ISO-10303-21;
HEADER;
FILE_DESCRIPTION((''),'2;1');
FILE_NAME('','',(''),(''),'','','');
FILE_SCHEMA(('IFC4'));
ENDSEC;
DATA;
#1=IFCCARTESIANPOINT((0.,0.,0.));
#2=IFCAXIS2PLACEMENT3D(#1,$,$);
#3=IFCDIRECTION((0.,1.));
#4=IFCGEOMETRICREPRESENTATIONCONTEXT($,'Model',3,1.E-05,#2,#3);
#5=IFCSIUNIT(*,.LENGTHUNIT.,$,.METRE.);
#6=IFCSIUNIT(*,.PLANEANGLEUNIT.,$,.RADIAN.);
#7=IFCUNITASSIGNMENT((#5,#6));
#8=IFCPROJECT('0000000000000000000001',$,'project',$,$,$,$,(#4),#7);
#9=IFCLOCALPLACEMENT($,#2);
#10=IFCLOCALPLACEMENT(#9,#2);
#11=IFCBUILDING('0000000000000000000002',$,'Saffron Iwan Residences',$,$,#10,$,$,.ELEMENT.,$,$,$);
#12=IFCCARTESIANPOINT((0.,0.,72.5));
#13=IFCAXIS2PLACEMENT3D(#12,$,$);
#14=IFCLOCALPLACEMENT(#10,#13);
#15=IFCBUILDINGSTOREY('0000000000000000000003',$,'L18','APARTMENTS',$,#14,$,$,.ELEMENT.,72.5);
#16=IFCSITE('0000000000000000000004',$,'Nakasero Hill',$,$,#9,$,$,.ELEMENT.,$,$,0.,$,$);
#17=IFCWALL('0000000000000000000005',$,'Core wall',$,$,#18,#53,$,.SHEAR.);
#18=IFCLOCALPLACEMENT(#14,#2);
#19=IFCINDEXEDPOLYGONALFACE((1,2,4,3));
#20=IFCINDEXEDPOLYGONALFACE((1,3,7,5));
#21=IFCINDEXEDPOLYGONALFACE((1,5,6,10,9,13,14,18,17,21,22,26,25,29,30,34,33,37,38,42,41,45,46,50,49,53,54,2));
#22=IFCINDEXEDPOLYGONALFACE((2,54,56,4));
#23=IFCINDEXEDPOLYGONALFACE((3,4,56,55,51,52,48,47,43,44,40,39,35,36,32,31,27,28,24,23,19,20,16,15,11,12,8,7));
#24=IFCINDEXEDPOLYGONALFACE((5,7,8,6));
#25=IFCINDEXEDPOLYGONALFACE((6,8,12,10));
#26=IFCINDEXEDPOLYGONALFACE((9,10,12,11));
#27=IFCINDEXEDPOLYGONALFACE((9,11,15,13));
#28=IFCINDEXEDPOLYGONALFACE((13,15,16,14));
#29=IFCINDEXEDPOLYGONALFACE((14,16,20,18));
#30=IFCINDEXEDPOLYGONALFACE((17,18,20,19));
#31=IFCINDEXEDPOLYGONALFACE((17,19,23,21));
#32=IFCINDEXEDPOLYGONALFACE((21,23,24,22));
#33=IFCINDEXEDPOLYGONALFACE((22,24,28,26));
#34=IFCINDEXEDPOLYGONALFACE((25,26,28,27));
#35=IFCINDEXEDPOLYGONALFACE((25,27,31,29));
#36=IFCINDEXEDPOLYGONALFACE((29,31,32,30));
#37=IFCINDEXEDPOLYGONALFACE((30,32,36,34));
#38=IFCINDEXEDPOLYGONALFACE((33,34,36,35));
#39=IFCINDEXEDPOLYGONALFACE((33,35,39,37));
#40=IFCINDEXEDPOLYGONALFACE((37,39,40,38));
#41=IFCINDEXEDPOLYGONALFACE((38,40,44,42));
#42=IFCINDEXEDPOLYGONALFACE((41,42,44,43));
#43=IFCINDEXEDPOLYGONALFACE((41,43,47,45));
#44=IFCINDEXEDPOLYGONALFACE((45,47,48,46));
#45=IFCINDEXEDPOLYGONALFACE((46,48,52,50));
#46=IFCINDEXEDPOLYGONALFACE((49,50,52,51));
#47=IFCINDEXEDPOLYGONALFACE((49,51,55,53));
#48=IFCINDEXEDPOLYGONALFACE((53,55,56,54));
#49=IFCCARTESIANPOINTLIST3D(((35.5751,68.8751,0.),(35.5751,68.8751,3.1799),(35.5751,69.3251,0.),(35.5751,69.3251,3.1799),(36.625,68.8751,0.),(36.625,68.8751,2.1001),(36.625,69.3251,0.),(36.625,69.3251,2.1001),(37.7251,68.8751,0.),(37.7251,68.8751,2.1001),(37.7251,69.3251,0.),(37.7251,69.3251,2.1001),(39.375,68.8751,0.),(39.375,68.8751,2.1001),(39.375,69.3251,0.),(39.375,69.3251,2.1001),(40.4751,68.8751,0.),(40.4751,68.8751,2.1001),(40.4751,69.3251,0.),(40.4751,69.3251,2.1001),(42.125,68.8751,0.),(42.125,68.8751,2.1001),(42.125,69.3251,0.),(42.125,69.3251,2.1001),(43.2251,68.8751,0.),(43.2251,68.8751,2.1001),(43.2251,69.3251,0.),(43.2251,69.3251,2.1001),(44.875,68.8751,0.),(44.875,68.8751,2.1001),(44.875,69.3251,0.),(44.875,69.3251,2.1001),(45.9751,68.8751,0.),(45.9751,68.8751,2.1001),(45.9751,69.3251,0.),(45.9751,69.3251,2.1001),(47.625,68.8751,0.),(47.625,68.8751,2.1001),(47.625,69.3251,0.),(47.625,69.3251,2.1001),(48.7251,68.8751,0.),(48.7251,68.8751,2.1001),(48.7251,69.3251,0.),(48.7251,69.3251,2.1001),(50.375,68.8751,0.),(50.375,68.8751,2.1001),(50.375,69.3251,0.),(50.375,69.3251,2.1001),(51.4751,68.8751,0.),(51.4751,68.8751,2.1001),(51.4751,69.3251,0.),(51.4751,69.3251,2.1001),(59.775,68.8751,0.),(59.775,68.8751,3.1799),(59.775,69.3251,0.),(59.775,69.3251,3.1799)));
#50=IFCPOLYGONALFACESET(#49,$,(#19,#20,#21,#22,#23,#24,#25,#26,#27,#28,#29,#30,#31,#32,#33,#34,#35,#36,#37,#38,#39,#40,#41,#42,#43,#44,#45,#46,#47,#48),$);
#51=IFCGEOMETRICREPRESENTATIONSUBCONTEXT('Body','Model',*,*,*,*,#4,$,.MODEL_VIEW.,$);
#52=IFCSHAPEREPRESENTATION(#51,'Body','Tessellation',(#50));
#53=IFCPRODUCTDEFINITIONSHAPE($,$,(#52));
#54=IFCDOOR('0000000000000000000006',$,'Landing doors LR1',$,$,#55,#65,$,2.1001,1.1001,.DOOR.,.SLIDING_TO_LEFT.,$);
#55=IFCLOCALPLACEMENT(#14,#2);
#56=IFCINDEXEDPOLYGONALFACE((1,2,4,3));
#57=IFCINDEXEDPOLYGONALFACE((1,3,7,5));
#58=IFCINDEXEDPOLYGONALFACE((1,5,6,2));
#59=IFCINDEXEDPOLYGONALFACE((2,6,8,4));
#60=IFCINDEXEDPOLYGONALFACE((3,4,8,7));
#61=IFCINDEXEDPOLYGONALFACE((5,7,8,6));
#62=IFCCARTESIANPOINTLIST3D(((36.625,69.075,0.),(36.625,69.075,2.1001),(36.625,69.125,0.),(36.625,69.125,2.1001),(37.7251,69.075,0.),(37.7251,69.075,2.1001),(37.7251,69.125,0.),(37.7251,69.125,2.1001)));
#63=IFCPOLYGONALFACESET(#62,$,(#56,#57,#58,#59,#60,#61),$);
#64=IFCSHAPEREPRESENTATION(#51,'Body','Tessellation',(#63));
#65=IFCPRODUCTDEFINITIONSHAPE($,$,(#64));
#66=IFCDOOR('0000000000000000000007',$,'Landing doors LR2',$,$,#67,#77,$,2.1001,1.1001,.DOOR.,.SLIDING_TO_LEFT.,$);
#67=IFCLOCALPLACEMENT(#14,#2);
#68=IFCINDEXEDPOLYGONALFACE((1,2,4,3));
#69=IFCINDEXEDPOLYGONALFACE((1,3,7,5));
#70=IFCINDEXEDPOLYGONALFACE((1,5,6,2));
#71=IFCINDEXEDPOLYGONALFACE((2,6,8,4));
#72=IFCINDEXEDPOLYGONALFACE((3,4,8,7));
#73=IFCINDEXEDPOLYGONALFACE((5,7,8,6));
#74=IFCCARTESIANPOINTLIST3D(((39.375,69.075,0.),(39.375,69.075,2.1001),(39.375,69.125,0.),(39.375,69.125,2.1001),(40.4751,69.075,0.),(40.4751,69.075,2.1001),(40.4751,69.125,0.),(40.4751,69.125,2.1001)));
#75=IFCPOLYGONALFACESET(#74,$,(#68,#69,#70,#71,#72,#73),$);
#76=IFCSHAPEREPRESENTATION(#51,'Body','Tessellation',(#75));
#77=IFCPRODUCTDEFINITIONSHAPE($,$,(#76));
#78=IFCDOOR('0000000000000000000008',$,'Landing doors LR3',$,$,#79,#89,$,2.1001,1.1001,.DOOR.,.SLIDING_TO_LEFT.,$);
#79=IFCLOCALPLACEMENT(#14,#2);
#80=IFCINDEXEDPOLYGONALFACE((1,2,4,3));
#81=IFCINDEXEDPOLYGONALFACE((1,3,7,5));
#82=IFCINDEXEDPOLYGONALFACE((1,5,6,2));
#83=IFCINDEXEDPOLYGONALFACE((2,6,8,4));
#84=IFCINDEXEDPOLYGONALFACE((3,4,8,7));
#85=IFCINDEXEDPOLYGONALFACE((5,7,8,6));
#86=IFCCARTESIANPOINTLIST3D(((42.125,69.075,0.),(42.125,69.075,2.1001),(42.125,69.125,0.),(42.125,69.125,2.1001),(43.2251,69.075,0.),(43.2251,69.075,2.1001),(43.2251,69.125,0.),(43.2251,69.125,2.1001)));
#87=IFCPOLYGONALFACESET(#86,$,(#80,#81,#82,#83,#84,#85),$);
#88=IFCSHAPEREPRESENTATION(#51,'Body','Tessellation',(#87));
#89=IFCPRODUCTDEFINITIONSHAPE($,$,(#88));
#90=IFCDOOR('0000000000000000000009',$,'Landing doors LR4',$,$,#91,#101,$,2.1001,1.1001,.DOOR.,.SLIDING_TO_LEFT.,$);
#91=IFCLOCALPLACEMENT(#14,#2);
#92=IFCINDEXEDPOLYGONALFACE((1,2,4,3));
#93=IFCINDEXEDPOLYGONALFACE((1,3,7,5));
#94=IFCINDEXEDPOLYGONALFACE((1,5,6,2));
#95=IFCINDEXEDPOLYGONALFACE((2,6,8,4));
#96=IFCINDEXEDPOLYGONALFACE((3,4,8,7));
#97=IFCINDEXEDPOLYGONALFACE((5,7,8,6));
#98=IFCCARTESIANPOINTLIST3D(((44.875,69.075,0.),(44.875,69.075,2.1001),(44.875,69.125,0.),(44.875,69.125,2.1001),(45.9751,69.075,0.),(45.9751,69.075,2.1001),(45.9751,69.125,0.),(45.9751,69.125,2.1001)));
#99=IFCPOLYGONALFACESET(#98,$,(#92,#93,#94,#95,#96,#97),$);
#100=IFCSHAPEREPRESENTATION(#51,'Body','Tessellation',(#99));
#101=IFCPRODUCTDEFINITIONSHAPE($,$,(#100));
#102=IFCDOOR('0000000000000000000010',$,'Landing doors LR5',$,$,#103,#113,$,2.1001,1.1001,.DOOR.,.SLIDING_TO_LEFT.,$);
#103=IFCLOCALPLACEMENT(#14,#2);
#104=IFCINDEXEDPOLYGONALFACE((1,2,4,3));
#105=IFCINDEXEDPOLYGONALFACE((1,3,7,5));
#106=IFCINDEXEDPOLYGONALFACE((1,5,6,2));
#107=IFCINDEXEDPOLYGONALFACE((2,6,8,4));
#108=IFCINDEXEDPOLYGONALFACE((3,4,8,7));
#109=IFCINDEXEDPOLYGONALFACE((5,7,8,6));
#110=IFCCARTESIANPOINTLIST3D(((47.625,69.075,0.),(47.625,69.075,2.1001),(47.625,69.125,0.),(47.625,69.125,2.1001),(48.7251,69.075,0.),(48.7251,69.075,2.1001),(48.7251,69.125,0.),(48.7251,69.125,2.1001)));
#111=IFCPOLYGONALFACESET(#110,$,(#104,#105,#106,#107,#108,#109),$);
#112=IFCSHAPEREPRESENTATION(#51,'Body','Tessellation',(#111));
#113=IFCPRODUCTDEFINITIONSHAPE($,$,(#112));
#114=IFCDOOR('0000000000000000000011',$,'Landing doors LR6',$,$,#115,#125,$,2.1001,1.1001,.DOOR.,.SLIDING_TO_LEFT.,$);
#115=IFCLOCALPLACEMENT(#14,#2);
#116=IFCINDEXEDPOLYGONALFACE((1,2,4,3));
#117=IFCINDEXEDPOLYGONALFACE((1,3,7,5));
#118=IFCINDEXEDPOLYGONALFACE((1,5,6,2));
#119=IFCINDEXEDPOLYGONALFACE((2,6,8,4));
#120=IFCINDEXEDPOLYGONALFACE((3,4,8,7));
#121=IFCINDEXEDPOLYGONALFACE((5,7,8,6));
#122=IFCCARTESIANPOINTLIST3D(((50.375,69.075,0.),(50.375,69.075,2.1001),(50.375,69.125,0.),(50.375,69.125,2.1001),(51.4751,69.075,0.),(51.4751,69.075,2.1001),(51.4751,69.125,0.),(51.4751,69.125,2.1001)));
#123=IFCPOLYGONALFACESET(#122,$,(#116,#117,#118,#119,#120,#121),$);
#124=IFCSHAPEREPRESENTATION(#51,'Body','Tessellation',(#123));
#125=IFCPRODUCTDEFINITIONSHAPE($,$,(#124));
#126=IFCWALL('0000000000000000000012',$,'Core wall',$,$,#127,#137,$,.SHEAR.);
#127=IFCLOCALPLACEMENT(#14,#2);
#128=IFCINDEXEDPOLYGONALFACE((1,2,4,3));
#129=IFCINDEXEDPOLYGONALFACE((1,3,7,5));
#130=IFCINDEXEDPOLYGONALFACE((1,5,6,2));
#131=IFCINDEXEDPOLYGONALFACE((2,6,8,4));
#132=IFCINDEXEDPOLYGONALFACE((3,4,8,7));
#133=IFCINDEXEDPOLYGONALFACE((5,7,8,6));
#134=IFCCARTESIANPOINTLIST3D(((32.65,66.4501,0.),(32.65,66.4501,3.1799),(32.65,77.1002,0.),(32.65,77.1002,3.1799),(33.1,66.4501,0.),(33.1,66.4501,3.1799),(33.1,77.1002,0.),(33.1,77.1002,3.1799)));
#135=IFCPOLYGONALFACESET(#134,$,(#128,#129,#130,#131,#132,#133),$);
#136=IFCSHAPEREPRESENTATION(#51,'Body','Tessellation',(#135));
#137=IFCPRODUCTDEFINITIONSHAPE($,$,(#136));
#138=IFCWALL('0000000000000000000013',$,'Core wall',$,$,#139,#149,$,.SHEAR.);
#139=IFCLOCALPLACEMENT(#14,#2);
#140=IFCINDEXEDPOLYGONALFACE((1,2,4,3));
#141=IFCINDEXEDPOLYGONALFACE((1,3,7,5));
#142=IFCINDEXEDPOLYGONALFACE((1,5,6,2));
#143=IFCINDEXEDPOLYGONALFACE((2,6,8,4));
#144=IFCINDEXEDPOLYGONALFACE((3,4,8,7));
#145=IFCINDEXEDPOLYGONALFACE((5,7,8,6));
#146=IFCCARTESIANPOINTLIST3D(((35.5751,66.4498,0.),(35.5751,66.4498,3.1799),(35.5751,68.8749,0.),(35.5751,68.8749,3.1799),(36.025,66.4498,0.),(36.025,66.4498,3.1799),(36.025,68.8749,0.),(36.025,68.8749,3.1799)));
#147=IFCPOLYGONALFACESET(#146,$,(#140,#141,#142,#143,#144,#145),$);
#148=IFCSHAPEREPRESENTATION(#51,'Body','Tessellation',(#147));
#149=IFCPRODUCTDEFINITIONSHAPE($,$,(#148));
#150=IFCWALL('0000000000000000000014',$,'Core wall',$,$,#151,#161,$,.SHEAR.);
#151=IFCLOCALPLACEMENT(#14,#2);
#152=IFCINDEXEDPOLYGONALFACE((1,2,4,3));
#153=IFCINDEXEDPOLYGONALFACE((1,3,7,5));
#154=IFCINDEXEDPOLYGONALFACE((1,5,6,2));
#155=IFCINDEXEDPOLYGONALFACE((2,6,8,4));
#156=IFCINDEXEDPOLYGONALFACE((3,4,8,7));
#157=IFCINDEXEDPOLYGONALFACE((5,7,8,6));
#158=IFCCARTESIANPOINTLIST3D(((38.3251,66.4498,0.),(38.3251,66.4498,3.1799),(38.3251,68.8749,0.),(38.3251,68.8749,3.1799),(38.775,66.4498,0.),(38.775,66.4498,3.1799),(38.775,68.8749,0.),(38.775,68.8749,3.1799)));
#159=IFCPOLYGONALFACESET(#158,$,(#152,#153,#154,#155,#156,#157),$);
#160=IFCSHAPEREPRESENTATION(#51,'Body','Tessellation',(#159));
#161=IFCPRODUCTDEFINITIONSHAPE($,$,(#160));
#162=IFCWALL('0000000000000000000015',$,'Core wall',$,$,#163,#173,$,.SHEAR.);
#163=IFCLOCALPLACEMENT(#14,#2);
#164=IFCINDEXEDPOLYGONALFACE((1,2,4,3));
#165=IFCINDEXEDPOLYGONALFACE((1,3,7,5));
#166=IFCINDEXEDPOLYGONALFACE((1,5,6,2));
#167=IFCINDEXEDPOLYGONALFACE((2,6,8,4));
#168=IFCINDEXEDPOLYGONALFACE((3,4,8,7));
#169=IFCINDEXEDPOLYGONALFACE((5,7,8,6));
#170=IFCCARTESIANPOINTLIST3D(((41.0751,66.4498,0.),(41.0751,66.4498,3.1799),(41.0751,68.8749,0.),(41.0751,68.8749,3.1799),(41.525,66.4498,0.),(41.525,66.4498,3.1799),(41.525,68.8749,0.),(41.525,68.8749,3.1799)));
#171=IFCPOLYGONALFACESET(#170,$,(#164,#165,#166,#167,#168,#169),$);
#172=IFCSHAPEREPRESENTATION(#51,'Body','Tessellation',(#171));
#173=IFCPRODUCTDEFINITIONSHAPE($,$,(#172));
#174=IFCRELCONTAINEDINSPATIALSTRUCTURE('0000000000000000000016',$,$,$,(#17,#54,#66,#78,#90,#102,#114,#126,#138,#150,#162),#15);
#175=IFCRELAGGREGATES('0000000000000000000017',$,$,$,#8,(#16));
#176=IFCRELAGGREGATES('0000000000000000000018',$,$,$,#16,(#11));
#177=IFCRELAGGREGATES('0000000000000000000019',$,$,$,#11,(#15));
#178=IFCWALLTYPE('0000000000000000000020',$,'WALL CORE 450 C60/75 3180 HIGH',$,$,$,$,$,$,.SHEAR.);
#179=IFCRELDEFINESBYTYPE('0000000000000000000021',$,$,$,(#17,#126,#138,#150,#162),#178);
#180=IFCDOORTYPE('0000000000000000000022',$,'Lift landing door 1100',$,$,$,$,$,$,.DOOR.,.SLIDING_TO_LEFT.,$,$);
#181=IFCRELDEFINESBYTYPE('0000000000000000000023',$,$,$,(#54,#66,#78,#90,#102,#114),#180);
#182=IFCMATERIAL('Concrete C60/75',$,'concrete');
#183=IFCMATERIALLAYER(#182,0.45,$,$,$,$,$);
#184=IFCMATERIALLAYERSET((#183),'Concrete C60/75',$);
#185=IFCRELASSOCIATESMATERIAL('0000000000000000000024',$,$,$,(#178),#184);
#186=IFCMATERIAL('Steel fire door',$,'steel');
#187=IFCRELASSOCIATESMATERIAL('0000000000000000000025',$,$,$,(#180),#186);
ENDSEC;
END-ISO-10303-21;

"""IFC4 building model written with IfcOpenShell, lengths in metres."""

from ifc_helpers import new_model, si_unit, direction, frame, frame_2d, origin, place, context, subcontext, project, spatial, rectangle, extrude, material, layer, layer_set, type_object, element, fill, save


model = new_model("IFC4")

# Units and contexts
model_context = context("Model", 3, precision=1e-05, world=origin(), true_north=direction((0.0, 1.0)))
body_context = subcontext(model_context, "Body", "Model", "MODEL_VIEW")
ifc_project = project(units=[si_unit("LENGTHUNIT", "METRE"), si_unit("PLANEANGLEUNIT", "RADIAN")], contexts=[model_context])

# Site, building, storey
site_placement = place(None, origin())
site = spatial("IfcSite", under=ifc_project, at=site_placement, Name="Nakasero Hill", CompositionType="ELEMENT", RefElevation=0.0)
building_placement = place(site_placement, origin())
building = spatial("IfcBuilding", under=site, at=building_placement, Name="Saffron Iwan Residences", CompositionType="ELEMENT")
storey_placement = place(building_placement, frame((0.0, 0.0, 72.5)))
storey = spatial("IfcBuildingStorey", under=building, at=storey_placement, Name="L18", Description="APARTMENTS", CompositionType="ELEMENT", Elevation=72.5)

# Wall, openings, doors
ifc_material_1 = material(Name="Concrete C60/75", Category="concrete")
ifc_layer = layer(ifc_material_1, 0.45)
ifc_layer_set = layer_set([ifc_layer], Name="Concrete C60/75")
wall_type = type_object("IfcWallType", Name="WALL CORE 450 C60/75 3180 HIGH", PredefinedType="SHEAR", material=ifc_layer_set)
wall_1_placement = place(storey_placement, frame((35.575, 69.1001, 0.0), z_axis=(0.0, 0.0, 1.0), x_axis=(1.0, 0.0, 0.0)))
wall_1 = element("IfcWall", 1, at=wall_1_placement, inside=storey, type_object=wall_type, Name="Core wall", PredefinedType="SHEAR", context=body_context, shape_type="SweptSolid", body=[
    extrude(rectangle(XDim=24.2, YDim=0.45, at=frame_2d((12.1001, 0.0))), origin(), (0.0, 0.0, 1.0), 3.1799),
])
opening_1_placement = place(wall_1_placement, frame((1.05, 0.0, 0.0)))
opening_1 = element("IfcOpeningElement", 2, at=opening_1_placement, cuts=wall_1, PredefinedType="OPENING", context=body_context, shape_type="SweptSolid", body=[
    extrude(rectangle(XDim=1.1001, YDim=2.1001, at=frame_2d((0.55, 1.05))), frame((0.0, 0.2349, 0.0), z_axis=(0.0, -1.0, 0.0), x_axis=(1.0, 0.0, 0.0)), (0.0, 0.0, 1.0), 0.47),
])
opening_2_placement = place(wall_1_placement, frame((3.8, 0.0, 0.0)))
opening_2 = element("IfcOpeningElement", 3, at=opening_2_placement, cuts=wall_1, PredefinedType="OPENING", context=body_context, shape_type="SweptSolid", body=[
    extrude(rectangle(XDim=1.1001, YDim=2.1001, at=frame_2d((0.55, 1.05))), frame((0.0, 0.2349, 0.0), z_axis=(0.0, -1.0, 0.0), x_axis=(1.0, 0.0, 0.0)), (0.0, 0.0, 1.0), 0.47),
])
opening_3_placement = place(wall_1_placement, frame((6.55, 0.0, 0.0)))
opening_3 = element("IfcOpeningElement", 4, at=opening_3_placement, cuts=wall_1, PredefinedType="OPENING", context=body_context, shape_type="SweptSolid", body=[
    extrude(rectangle(XDim=1.1001, YDim=2.1001, at=frame_2d((0.55, 1.05))), frame((0.0, 0.2349, 0.0), z_axis=(0.0, -1.0, 0.0), x_axis=(1.0, 0.0, 0.0)), (0.0, 0.0, 1.0), 0.47),
])
opening_4_placement = place(wall_1_placement, frame((9.3, 0.0, 0.0)))
opening_4 = element("IfcOpeningElement", 5, at=opening_4_placement, cuts=wall_1, PredefinedType="OPENING", context=body_context, shape_type="SweptSolid", body=[
    extrude(rectangle(XDim=1.1001, YDim=2.1001, at=frame_2d((0.55, 1.05))), frame((0.0, 0.2349, 0.0), z_axis=(0.0, -1.0, 0.0), x_axis=(1.0, 0.0, 0.0)), (0.0, 0.0, 1.0), 0.47),
])
opening_5_placement = place(wall_1_placement, frame((12.05, 0.0, 0.0)))
opening_5 = element("IfcOpeningElement", 6, at=opening_5_placement, cuts=wall_1, PredefinedType="OPENING", context=body_context, shape_type="SweptSolid", body=[
    extrude(rectangle(XDim=1.1001, YDim=2.1001, at=frame_2d((0.55, 1.05))), frame((0.0, 0.2349, 0.0), z_axis=(0.0, -1.0, 0.0), x_axis=(1.0, 0.0, 0.0)), (0.0, 0.0, 1.0), 0.47),
])
opening_6_placement = place(wall_1_placement, frame((14.8, 0.0, 0.0)))
opening_6 = element("IfcOpeningElement", 7, at=opening_6_placement, cuts=wall_1, PredefinedType="OPENING", context=body_context, shape_type="SweptSolid", body=[
    extrude(rectangle(XDim=1.1001, YDim=2.1001, at=frame_2d((0.55, 1.05))), frame((0.0, 0.2349, 0.0), z_axis=(0.0, -1.0, 0.0), x_axis=(1.0, 0.0, 0.0)), (0.0, 0.0, 1.0), 0.47),
])
ifc_material_2 = material(Name="Steel fire door", Category="steel")
door_type_1 = type_object("IfcDoorType", Name="Lift landing door 1100", OperationType="SLIDING_TO_LEFT", PredefinedType="DOOR", material=ifc_material_2)
door_1_placement = place(opening_1_placement, origin())
door_1 = element("IfcDoor", 8, at=door_1_placement, inside=storey, type_object=door_type_1, Name="Landing doors LR1", OperationType="SLIDING_TO_LEFT", OverallHeight=2.1001, OverallWidth=1.1001, PredefinedType="DOOR", context=body_context, shape_type="SweptSolid", body=[
    extrude(rectangle(XDim=1.1001, YDim=2.1001, at=frame_2d((0.55, 1.05))), frame((0.0, 0.0249, 0.0), z_axis=(0.0, -1.0, 0.0), x_axis=(1.0, 0.0, 0.0)), (0.0, 0.0, 1.0), 0.05),
])
fill(opening_1, door_1)
door_2_placement = place(opening_2_placement, origin())
door_2 = element("IfcDoor", 9, at=door_2_placement, inside=storey, type_object=door_type_1, Name="Landing doors LR2", OperationType="SLIDING_TO_LEFT", OverallHeight=2.1001, OverallWidth=1.1001, PredefinedType="DOOR", context=body_context, shape_type="SweptSolid", body=[
    extrude(rectangle(XDim=1.1001, YDim=2.1001, at=frame_2d((0.55, 1.05))), frame((0.0, 0.0249, 0.0), z_axis=(0.0, -1.0, 0.0), x_axis=(1.0, 0.0, 0.0)), (0.0, 0.0, 1.0), 0.05),
])
fill(opening_2, door_2)
door_3_placement = place(opening_3_placement, origin())
door_3 = element("IfcDoor", 10, at=door_3_placement, inside=storey, type_object=door_type_1, Name="Landing doors LR3", OperationType="SLIDING_TO_LEFT", OverallHeight=2.1001, OverallWidth=1.1001, PredefinedType="DOOR", context=body_context, shape_type="SweptSolid", body=[
    extrude(rectangle(XDim=1.1001, YDim=2.1001, at=frame_2d((0.55, 1.05))), frame((0.0, 0.0249, 0.0), z_axis=(0.0, -1.0, 0.0), x_axis=(1.0, 0.0, 0.0)), (0.0, 0.0, 1.0), 0.05),
])
fill(opening_3, door_3)
door_4_placement = place(opening_4_placement, origin())
door_4 = element("IfcDoor", 11, at=door_4_placement, inside=storey, type_object=door_type_1, Name="Landing doors LR4", OperationType="SLIDING_TO_LEFT", OverallHeight=2.1001, OverallWidth=1.1001, PredefinedType="DOOR", context=body_context, shape_type="SweptSolid", body=[
    extrude(rectangle(XDim=1.1001, YDim=2.1001, at=frame_2d((0.55, 1.05))), frame((0.0, 0.0249, 0.0), z_axis=(0.0, -1.0, 0.0), x_axis=(1.0, 0.0, 0.0)), (0.0, 0.0, 1.0), 0.05),
])
fill(opening_4, door_4)
door_5_placement = place(opening_5_placement, origin())
door_5 = element("IfcDoor", 12, at=door_5_placement, inside=storey, type_object=door_type_1, Name="Landing doors LR5", OperationType="SLIDING_TO_LEFT", OverallHeight=2.1001, OverallWidth=1.1001, PredefinedType="DOOR", context=body_context, shape_type="SweptSolid", body=[
    extrude(rectangle(XDim=1.1001, YDim=2.1001, at=frame_2d((0.55, 1.05))), frame((0.0, 0.0249, 0.0), z_axis=(0.0, -1.0, 0.0), x_axis=(1.0, 0.0, 0.0)), (0.0, 0.0, 1.0), 0.05),
])
fill(opening_5, door_5)
door_6_placement = place(opening_6_placement, origin())
door_6 = element("IfcDoor", 13, at=door_6_placement, inside=storey, type_object=door_type_1, Name="Landing doors LR6", OperationType="SLIDING_TO_LEFT", OverallHeight=2.1001, OverallWidth=1.1001, PredefinedType="DOOR", context=body_context, shape_type="SweptSolid", body=[
    extrude(rectangle(XDim=1.1001, YDim=2.1001, at=frame_2d((0.55, 1.05))), frame((0.0, 0.0249, 0.0), z_axis=(0.0, -1.0, 0.0), x_axis=(1.0, 0.0, 0.0)), (0.0, 0.0, 1.0), 0.05),
])
fill(opening_6, door_6)

# Walls
wall_2_placement = place(storey_placement, frame((32.875, 66.45, 0.0), z_axis=(0.0, 0.0, 1.0), x_axis=(0.0, 1.0, 0.0)))
element("IfcWall", 14, at=wall_2_placement, inside=storey, type_object=wall_type, Name="Core wall", PredefinedType="SHEAR", context=body_context, shape_type="SweptSolid", body=[
    extrude(rectangle(XDim=10.6501, YDim=0.45, at=frame_2d((5.3252, 0.0))), origin(), (0.0, 0.0, 1.0), 3.1799),
])
for number, where, z_axis, x_axis, name in (
    (15, (35.8, 66.45, 0.0), (0.0, 0.0, 1.0), (0.0, 1.0, 0.0), "Core wall"),
    (16, (38.55, 66.45, 0.0), (0.0, 0.0, 1.0), (0.0, 1.0, 0.0), "Core wall"),
    (17, (41.3, 66.45, 0.0), (0.0, 0.0, 1.0), (0.0, 1.0, 0.0), "Core wall"),
):
    element("IfcWall", number, at=place(storey_placement, frame(where, z_axis=z_axis, x_axis=x_axis)), inside=storey, type_object=wall_type, Name=name, PredefinedType="SHEAR", context=body_context, shape_type="SweptSolid", body=[
        extrude(rectangle(XDim=2.425, YDim=0.45, at=frame_2d((1.2124, 0.0))), origin(), (0.0, 0.0, 1.0), 3.1799),
    ])

save(model, "model.ifc")
